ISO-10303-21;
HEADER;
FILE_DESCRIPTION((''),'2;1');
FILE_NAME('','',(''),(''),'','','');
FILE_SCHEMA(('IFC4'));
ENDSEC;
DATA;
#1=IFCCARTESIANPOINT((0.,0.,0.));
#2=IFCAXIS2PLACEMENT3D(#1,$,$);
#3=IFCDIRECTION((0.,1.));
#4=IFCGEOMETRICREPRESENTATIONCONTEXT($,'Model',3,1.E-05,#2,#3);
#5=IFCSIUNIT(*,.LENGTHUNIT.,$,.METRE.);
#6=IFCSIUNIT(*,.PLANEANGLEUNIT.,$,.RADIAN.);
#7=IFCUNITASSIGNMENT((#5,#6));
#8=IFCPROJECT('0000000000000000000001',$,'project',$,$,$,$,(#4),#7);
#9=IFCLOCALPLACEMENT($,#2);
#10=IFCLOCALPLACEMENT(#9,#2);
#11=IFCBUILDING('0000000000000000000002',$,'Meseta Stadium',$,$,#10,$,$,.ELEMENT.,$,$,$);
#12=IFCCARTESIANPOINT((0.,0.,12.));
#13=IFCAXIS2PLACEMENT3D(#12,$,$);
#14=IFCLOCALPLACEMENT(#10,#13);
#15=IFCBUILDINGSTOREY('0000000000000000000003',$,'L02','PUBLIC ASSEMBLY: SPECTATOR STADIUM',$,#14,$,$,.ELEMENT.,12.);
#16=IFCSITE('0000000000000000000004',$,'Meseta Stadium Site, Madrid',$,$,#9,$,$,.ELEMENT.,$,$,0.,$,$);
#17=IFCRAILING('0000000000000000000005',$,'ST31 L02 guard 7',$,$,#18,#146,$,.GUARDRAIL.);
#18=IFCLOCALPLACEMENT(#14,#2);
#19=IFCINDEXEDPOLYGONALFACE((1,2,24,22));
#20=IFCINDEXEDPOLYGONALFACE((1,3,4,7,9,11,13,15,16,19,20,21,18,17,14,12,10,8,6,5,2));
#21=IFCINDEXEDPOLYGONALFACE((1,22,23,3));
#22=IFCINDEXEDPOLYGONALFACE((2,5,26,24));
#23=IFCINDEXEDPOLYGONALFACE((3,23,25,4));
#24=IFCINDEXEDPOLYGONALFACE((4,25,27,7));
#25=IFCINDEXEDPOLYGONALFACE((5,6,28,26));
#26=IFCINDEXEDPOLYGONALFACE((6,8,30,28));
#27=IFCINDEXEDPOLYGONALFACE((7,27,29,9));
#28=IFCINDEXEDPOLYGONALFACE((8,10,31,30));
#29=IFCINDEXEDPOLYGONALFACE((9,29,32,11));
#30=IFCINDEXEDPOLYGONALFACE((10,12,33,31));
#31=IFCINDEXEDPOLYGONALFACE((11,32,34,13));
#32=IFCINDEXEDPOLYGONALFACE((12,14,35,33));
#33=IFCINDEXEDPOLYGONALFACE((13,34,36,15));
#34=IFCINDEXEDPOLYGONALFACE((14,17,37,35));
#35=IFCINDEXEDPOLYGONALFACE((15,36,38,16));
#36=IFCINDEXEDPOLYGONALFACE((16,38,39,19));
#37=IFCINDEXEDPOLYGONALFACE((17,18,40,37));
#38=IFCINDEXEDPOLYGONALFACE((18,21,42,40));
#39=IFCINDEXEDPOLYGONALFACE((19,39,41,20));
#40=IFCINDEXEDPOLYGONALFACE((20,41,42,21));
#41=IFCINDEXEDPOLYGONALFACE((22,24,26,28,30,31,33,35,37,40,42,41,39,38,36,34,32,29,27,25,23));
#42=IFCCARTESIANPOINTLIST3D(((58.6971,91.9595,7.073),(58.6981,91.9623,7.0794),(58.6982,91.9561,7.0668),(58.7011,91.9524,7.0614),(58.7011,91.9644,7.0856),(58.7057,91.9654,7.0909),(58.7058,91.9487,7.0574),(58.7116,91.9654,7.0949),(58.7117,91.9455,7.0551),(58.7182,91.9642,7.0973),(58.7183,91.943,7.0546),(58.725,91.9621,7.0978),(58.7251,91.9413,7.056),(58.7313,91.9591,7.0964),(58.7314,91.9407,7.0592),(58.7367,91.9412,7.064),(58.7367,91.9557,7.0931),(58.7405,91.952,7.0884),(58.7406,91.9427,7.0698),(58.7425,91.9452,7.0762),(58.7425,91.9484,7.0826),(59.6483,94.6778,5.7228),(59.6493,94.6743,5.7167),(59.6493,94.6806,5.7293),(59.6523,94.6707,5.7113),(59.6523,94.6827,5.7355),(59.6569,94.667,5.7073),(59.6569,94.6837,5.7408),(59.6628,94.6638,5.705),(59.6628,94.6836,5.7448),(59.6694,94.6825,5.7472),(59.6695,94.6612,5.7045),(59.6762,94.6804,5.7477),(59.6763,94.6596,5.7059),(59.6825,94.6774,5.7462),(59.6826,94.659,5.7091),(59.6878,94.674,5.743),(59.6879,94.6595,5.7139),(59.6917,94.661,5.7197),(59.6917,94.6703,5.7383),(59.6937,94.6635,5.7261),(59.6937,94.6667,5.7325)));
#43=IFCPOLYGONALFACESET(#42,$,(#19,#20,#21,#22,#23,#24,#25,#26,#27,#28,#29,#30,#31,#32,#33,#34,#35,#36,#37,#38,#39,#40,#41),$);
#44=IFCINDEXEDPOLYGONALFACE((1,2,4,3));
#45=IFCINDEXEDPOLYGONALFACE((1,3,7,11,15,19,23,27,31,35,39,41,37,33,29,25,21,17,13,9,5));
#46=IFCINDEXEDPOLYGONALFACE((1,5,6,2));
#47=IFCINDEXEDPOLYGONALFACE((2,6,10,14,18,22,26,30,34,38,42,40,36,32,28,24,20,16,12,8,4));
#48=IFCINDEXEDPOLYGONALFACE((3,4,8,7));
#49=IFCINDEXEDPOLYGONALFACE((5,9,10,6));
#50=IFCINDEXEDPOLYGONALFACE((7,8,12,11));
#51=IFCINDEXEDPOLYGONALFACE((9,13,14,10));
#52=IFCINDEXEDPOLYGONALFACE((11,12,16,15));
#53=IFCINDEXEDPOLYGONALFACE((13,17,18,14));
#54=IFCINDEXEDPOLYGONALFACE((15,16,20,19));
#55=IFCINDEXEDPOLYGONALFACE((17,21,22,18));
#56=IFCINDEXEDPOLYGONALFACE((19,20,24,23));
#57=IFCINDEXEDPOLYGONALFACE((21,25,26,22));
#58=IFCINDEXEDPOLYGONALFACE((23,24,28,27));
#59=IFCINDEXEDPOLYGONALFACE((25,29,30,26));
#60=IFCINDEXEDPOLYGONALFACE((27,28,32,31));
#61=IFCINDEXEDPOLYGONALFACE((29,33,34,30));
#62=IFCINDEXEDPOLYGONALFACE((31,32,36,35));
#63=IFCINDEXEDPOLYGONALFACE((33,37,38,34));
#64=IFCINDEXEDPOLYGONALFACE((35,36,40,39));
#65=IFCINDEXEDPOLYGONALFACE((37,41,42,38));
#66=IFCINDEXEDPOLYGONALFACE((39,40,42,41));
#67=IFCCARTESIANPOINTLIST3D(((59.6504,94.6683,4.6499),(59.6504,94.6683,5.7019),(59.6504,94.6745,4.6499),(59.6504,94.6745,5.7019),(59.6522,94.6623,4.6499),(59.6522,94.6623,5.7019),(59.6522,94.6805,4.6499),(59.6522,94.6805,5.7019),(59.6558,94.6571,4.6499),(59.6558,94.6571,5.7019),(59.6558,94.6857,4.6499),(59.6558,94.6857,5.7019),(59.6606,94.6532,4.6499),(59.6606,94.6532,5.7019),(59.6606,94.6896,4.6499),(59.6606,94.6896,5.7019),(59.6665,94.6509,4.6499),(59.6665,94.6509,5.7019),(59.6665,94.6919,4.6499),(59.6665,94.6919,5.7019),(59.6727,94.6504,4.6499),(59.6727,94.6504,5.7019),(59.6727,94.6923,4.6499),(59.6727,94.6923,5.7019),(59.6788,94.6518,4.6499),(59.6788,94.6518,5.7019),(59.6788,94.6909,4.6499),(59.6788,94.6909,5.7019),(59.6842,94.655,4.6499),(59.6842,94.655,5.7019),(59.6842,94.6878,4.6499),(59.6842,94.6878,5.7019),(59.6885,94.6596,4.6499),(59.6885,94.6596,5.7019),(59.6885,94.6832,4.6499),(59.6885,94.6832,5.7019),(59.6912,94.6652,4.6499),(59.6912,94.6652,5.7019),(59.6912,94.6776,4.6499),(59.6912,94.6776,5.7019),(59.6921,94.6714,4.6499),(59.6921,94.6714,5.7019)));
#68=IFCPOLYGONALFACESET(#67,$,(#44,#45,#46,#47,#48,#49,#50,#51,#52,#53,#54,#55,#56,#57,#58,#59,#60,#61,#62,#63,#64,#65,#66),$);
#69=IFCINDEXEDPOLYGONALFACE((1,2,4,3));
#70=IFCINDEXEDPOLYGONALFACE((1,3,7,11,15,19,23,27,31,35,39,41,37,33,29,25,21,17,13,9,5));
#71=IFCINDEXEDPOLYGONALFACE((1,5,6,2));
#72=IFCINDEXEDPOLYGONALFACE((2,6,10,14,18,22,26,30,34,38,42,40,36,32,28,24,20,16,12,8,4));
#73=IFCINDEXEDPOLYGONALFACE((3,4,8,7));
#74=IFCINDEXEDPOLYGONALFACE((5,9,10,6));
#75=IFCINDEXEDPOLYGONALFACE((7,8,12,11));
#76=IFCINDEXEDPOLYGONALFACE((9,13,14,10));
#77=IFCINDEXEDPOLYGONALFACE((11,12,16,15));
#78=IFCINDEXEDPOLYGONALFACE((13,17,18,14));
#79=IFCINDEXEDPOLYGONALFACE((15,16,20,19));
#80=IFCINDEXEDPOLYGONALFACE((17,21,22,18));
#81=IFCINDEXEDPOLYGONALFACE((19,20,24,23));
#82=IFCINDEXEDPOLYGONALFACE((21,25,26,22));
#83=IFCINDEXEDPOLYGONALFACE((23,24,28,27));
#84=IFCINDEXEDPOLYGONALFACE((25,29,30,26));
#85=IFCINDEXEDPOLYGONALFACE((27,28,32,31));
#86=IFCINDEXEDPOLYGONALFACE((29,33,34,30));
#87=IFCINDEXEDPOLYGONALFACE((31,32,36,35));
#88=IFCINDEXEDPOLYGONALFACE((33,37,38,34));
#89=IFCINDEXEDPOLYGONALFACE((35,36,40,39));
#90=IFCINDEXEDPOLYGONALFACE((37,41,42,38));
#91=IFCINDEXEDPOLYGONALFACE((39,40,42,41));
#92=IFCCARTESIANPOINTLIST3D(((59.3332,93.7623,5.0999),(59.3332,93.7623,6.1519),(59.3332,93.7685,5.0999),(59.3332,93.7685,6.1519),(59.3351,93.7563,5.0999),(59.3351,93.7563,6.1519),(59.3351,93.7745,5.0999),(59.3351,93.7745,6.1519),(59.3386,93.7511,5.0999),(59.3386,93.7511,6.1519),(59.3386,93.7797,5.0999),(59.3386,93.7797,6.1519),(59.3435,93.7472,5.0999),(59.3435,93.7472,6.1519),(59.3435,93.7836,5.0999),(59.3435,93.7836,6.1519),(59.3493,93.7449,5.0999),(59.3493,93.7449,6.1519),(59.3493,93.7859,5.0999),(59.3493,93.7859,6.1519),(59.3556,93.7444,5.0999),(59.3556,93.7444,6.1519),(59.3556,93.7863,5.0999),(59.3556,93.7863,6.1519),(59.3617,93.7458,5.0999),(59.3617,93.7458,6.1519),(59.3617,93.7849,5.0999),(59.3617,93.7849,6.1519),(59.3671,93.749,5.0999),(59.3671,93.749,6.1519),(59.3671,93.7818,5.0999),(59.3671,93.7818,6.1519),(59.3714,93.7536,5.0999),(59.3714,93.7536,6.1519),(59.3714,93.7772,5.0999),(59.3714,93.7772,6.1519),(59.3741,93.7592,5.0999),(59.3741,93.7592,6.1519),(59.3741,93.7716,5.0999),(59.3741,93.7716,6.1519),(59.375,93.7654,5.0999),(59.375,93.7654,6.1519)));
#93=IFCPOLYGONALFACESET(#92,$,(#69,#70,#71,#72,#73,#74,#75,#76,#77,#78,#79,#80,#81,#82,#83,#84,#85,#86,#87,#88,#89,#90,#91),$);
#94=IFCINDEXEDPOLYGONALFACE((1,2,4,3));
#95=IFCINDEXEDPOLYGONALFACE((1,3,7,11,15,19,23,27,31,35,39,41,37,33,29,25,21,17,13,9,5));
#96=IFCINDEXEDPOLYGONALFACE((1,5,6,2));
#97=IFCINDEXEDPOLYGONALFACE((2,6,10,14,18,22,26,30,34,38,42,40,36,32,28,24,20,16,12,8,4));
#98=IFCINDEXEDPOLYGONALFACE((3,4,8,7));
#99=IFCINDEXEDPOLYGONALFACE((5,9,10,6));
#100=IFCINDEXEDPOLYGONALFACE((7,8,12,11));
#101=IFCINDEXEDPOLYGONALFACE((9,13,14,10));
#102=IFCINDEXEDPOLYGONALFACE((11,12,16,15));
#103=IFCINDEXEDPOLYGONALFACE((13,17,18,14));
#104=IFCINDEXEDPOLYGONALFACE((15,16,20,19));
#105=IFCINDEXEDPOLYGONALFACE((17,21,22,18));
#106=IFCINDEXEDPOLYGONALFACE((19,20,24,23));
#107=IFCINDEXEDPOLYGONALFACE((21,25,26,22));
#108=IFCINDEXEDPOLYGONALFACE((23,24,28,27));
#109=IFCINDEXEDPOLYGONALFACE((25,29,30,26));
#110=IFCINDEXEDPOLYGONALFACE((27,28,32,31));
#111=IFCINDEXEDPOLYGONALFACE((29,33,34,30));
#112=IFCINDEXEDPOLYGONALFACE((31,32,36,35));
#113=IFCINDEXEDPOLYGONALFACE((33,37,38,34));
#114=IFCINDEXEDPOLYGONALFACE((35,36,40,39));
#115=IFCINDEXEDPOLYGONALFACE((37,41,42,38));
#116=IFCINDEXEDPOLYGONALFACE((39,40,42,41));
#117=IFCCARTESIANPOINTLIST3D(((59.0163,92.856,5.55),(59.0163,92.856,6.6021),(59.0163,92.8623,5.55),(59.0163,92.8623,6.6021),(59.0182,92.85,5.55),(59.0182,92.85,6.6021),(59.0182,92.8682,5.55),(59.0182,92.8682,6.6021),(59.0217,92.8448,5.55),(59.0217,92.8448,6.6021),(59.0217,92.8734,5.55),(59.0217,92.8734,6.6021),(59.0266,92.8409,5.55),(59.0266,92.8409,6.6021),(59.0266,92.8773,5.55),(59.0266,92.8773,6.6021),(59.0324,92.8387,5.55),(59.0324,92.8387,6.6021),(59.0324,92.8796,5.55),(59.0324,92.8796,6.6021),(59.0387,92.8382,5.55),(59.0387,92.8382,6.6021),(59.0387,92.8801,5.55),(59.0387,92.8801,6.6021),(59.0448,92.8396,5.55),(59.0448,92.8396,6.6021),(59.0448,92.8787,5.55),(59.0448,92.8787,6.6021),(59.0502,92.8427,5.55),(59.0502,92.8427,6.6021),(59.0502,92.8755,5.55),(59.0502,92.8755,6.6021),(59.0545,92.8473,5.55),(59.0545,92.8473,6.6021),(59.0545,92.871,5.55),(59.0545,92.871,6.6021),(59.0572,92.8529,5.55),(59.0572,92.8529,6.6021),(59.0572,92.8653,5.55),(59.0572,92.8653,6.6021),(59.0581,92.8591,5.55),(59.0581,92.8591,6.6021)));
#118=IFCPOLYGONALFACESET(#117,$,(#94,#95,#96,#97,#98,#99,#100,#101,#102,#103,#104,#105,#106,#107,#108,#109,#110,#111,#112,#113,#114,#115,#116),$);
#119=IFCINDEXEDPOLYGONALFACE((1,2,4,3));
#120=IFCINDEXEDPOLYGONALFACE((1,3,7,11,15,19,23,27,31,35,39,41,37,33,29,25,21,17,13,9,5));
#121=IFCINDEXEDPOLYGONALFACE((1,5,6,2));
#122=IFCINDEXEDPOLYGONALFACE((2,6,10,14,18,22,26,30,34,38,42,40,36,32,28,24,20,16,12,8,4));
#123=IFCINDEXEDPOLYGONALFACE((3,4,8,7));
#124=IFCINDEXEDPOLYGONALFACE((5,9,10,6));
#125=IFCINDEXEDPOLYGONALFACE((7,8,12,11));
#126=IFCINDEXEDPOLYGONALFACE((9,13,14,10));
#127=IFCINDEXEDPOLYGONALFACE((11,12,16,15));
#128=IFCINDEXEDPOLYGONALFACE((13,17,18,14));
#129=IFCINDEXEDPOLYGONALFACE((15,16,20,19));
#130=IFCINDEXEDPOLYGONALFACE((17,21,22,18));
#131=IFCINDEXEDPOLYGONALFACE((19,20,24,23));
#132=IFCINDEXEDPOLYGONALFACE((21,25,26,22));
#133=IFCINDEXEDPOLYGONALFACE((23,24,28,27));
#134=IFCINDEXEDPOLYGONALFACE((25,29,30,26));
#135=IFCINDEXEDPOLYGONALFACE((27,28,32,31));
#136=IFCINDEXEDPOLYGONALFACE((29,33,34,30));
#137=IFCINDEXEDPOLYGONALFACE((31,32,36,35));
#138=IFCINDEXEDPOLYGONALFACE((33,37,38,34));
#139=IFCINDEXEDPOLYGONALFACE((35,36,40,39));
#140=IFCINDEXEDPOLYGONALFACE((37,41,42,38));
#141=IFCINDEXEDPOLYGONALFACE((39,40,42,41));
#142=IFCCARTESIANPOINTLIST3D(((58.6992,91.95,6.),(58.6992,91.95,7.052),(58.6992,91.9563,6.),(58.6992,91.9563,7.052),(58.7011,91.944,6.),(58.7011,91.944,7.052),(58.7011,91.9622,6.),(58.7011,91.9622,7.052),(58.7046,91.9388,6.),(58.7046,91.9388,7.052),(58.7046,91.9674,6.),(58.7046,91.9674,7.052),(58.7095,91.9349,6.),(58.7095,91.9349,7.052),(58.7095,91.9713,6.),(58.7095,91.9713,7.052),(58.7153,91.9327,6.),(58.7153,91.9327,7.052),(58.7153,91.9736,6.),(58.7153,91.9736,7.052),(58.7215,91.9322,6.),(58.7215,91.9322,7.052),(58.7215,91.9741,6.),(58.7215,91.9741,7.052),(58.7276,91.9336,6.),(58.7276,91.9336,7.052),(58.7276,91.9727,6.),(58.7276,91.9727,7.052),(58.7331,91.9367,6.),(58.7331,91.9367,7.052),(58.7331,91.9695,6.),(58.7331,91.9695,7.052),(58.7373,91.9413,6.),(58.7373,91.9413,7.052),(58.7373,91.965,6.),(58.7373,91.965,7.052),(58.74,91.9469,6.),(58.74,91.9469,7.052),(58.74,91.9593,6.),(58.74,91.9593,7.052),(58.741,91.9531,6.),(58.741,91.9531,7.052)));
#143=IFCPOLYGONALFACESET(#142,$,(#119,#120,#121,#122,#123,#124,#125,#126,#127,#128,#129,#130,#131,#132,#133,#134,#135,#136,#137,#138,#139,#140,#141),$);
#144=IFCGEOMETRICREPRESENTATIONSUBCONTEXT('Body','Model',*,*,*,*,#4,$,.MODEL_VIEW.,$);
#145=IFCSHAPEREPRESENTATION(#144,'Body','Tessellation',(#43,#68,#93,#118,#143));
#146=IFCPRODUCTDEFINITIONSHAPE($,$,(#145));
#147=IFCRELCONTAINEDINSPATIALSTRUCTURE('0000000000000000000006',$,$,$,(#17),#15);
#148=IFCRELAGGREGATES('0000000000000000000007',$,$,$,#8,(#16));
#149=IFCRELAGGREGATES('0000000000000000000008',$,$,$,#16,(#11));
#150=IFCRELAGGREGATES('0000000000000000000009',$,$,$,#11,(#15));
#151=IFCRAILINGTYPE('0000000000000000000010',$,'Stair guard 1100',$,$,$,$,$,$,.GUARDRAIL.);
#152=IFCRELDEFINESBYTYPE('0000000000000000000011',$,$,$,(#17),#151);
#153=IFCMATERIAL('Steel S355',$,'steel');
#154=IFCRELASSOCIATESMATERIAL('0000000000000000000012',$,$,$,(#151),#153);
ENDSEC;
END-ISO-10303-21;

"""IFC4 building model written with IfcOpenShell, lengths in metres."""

from ifc_helpers import new_model, si_unit, direction, frame, origin, origin_2d, place, context, subcontext, project, spatial, circle, extrude, material, type_object, element, save


model = new_model("IFC4")

# Units and contexts
model_context = context("Model", 3, precision=1e-05, world=origin(), true_north=direction((0.0, 1.0)))
body_context = subcontext(model_context, "Body", "Model", "MODEL_VIEW")
ifc_project = project(units=[si_unit("LENGTHUNIT", "METRE"), si_unit("PLANEANGLEUNIT", "RADIAN")], contexts=[model_context])

# Site, building, storey
site_placement = place(None, origin())
site = spatial("IfcSite", under=ifc_project, at=site_placement, Name="Meseta Stadium Site, Madrid", CompositionType="ELEMENT", RefElevation=0.0)
building_placement = place(site_placement, origin())
building = spatial("IfcBuilding", under=site, at=building_placement, Name="Meseta Stadium", CompositionType="ELEMENT")
storey_placement = place(building_placement, frame((0.0, 0.0, 12.0)))
storey = spatial("IfcBuildingStorey", under=building, at=storey_placement, Name="L02", Description="PUBLIC ASSEMBLY: SPECTATOR STADIUM", CompositionType="ELEMENT", Elevation=12.0)

# Railing
ifc_material_1 = material(Name="Steel S355", Category="steel")
railing_type_1 = type_object("IfcRailingType", Name="Stair guard 1100", PredefinedType="GUARDRAIL", material=ifc_material_1)
railing_1_placement = place(storey_placement, frame((59.6711, 94.6714, 4.6499)))
element("IfcRailing", 1, at=railing_1_placement, inside=storey, type_object=railing_type_1, Name="ST31 L02 guard 7", PredefinedType="GUARDRAIL", context=body_context, shape_type="SweptSolid", body=[
    extrude(circle(Radius=0.0239, at=origin_2d()), frame((0.0, 0.0, 1.0762), z_axis=(-0.299051, -0.854629, 0.424474), x_axis=(0.943882, -0.330282, 0.0)), (0.0, 0.0, 1.0), 3.1807),
    extrude(circle(Radius=0.021, at=origin_2d()), origin(), (0.0, 0.0, 1.0), 1.052),
    extrude(circle(Radius=0.021, at=origin_2d()), frame((-0.3171, -0.906, 0.45)), (0.0, 0.0, 1.0), 1.052),
    extrude(circle(Radius=0.021, at=origin_2d()), frame((-0.634, -1.8123, 0.9001)), (0.0, 0.0, 1.0), 1.052),
    extrude(circle(Radius=0.021, at=origin_2d()), frame((-0.9512, -2.7183, 1.3501)), (0.0, 0.0, 1.0), 1.052),
])

save(model, "model.ifc")
